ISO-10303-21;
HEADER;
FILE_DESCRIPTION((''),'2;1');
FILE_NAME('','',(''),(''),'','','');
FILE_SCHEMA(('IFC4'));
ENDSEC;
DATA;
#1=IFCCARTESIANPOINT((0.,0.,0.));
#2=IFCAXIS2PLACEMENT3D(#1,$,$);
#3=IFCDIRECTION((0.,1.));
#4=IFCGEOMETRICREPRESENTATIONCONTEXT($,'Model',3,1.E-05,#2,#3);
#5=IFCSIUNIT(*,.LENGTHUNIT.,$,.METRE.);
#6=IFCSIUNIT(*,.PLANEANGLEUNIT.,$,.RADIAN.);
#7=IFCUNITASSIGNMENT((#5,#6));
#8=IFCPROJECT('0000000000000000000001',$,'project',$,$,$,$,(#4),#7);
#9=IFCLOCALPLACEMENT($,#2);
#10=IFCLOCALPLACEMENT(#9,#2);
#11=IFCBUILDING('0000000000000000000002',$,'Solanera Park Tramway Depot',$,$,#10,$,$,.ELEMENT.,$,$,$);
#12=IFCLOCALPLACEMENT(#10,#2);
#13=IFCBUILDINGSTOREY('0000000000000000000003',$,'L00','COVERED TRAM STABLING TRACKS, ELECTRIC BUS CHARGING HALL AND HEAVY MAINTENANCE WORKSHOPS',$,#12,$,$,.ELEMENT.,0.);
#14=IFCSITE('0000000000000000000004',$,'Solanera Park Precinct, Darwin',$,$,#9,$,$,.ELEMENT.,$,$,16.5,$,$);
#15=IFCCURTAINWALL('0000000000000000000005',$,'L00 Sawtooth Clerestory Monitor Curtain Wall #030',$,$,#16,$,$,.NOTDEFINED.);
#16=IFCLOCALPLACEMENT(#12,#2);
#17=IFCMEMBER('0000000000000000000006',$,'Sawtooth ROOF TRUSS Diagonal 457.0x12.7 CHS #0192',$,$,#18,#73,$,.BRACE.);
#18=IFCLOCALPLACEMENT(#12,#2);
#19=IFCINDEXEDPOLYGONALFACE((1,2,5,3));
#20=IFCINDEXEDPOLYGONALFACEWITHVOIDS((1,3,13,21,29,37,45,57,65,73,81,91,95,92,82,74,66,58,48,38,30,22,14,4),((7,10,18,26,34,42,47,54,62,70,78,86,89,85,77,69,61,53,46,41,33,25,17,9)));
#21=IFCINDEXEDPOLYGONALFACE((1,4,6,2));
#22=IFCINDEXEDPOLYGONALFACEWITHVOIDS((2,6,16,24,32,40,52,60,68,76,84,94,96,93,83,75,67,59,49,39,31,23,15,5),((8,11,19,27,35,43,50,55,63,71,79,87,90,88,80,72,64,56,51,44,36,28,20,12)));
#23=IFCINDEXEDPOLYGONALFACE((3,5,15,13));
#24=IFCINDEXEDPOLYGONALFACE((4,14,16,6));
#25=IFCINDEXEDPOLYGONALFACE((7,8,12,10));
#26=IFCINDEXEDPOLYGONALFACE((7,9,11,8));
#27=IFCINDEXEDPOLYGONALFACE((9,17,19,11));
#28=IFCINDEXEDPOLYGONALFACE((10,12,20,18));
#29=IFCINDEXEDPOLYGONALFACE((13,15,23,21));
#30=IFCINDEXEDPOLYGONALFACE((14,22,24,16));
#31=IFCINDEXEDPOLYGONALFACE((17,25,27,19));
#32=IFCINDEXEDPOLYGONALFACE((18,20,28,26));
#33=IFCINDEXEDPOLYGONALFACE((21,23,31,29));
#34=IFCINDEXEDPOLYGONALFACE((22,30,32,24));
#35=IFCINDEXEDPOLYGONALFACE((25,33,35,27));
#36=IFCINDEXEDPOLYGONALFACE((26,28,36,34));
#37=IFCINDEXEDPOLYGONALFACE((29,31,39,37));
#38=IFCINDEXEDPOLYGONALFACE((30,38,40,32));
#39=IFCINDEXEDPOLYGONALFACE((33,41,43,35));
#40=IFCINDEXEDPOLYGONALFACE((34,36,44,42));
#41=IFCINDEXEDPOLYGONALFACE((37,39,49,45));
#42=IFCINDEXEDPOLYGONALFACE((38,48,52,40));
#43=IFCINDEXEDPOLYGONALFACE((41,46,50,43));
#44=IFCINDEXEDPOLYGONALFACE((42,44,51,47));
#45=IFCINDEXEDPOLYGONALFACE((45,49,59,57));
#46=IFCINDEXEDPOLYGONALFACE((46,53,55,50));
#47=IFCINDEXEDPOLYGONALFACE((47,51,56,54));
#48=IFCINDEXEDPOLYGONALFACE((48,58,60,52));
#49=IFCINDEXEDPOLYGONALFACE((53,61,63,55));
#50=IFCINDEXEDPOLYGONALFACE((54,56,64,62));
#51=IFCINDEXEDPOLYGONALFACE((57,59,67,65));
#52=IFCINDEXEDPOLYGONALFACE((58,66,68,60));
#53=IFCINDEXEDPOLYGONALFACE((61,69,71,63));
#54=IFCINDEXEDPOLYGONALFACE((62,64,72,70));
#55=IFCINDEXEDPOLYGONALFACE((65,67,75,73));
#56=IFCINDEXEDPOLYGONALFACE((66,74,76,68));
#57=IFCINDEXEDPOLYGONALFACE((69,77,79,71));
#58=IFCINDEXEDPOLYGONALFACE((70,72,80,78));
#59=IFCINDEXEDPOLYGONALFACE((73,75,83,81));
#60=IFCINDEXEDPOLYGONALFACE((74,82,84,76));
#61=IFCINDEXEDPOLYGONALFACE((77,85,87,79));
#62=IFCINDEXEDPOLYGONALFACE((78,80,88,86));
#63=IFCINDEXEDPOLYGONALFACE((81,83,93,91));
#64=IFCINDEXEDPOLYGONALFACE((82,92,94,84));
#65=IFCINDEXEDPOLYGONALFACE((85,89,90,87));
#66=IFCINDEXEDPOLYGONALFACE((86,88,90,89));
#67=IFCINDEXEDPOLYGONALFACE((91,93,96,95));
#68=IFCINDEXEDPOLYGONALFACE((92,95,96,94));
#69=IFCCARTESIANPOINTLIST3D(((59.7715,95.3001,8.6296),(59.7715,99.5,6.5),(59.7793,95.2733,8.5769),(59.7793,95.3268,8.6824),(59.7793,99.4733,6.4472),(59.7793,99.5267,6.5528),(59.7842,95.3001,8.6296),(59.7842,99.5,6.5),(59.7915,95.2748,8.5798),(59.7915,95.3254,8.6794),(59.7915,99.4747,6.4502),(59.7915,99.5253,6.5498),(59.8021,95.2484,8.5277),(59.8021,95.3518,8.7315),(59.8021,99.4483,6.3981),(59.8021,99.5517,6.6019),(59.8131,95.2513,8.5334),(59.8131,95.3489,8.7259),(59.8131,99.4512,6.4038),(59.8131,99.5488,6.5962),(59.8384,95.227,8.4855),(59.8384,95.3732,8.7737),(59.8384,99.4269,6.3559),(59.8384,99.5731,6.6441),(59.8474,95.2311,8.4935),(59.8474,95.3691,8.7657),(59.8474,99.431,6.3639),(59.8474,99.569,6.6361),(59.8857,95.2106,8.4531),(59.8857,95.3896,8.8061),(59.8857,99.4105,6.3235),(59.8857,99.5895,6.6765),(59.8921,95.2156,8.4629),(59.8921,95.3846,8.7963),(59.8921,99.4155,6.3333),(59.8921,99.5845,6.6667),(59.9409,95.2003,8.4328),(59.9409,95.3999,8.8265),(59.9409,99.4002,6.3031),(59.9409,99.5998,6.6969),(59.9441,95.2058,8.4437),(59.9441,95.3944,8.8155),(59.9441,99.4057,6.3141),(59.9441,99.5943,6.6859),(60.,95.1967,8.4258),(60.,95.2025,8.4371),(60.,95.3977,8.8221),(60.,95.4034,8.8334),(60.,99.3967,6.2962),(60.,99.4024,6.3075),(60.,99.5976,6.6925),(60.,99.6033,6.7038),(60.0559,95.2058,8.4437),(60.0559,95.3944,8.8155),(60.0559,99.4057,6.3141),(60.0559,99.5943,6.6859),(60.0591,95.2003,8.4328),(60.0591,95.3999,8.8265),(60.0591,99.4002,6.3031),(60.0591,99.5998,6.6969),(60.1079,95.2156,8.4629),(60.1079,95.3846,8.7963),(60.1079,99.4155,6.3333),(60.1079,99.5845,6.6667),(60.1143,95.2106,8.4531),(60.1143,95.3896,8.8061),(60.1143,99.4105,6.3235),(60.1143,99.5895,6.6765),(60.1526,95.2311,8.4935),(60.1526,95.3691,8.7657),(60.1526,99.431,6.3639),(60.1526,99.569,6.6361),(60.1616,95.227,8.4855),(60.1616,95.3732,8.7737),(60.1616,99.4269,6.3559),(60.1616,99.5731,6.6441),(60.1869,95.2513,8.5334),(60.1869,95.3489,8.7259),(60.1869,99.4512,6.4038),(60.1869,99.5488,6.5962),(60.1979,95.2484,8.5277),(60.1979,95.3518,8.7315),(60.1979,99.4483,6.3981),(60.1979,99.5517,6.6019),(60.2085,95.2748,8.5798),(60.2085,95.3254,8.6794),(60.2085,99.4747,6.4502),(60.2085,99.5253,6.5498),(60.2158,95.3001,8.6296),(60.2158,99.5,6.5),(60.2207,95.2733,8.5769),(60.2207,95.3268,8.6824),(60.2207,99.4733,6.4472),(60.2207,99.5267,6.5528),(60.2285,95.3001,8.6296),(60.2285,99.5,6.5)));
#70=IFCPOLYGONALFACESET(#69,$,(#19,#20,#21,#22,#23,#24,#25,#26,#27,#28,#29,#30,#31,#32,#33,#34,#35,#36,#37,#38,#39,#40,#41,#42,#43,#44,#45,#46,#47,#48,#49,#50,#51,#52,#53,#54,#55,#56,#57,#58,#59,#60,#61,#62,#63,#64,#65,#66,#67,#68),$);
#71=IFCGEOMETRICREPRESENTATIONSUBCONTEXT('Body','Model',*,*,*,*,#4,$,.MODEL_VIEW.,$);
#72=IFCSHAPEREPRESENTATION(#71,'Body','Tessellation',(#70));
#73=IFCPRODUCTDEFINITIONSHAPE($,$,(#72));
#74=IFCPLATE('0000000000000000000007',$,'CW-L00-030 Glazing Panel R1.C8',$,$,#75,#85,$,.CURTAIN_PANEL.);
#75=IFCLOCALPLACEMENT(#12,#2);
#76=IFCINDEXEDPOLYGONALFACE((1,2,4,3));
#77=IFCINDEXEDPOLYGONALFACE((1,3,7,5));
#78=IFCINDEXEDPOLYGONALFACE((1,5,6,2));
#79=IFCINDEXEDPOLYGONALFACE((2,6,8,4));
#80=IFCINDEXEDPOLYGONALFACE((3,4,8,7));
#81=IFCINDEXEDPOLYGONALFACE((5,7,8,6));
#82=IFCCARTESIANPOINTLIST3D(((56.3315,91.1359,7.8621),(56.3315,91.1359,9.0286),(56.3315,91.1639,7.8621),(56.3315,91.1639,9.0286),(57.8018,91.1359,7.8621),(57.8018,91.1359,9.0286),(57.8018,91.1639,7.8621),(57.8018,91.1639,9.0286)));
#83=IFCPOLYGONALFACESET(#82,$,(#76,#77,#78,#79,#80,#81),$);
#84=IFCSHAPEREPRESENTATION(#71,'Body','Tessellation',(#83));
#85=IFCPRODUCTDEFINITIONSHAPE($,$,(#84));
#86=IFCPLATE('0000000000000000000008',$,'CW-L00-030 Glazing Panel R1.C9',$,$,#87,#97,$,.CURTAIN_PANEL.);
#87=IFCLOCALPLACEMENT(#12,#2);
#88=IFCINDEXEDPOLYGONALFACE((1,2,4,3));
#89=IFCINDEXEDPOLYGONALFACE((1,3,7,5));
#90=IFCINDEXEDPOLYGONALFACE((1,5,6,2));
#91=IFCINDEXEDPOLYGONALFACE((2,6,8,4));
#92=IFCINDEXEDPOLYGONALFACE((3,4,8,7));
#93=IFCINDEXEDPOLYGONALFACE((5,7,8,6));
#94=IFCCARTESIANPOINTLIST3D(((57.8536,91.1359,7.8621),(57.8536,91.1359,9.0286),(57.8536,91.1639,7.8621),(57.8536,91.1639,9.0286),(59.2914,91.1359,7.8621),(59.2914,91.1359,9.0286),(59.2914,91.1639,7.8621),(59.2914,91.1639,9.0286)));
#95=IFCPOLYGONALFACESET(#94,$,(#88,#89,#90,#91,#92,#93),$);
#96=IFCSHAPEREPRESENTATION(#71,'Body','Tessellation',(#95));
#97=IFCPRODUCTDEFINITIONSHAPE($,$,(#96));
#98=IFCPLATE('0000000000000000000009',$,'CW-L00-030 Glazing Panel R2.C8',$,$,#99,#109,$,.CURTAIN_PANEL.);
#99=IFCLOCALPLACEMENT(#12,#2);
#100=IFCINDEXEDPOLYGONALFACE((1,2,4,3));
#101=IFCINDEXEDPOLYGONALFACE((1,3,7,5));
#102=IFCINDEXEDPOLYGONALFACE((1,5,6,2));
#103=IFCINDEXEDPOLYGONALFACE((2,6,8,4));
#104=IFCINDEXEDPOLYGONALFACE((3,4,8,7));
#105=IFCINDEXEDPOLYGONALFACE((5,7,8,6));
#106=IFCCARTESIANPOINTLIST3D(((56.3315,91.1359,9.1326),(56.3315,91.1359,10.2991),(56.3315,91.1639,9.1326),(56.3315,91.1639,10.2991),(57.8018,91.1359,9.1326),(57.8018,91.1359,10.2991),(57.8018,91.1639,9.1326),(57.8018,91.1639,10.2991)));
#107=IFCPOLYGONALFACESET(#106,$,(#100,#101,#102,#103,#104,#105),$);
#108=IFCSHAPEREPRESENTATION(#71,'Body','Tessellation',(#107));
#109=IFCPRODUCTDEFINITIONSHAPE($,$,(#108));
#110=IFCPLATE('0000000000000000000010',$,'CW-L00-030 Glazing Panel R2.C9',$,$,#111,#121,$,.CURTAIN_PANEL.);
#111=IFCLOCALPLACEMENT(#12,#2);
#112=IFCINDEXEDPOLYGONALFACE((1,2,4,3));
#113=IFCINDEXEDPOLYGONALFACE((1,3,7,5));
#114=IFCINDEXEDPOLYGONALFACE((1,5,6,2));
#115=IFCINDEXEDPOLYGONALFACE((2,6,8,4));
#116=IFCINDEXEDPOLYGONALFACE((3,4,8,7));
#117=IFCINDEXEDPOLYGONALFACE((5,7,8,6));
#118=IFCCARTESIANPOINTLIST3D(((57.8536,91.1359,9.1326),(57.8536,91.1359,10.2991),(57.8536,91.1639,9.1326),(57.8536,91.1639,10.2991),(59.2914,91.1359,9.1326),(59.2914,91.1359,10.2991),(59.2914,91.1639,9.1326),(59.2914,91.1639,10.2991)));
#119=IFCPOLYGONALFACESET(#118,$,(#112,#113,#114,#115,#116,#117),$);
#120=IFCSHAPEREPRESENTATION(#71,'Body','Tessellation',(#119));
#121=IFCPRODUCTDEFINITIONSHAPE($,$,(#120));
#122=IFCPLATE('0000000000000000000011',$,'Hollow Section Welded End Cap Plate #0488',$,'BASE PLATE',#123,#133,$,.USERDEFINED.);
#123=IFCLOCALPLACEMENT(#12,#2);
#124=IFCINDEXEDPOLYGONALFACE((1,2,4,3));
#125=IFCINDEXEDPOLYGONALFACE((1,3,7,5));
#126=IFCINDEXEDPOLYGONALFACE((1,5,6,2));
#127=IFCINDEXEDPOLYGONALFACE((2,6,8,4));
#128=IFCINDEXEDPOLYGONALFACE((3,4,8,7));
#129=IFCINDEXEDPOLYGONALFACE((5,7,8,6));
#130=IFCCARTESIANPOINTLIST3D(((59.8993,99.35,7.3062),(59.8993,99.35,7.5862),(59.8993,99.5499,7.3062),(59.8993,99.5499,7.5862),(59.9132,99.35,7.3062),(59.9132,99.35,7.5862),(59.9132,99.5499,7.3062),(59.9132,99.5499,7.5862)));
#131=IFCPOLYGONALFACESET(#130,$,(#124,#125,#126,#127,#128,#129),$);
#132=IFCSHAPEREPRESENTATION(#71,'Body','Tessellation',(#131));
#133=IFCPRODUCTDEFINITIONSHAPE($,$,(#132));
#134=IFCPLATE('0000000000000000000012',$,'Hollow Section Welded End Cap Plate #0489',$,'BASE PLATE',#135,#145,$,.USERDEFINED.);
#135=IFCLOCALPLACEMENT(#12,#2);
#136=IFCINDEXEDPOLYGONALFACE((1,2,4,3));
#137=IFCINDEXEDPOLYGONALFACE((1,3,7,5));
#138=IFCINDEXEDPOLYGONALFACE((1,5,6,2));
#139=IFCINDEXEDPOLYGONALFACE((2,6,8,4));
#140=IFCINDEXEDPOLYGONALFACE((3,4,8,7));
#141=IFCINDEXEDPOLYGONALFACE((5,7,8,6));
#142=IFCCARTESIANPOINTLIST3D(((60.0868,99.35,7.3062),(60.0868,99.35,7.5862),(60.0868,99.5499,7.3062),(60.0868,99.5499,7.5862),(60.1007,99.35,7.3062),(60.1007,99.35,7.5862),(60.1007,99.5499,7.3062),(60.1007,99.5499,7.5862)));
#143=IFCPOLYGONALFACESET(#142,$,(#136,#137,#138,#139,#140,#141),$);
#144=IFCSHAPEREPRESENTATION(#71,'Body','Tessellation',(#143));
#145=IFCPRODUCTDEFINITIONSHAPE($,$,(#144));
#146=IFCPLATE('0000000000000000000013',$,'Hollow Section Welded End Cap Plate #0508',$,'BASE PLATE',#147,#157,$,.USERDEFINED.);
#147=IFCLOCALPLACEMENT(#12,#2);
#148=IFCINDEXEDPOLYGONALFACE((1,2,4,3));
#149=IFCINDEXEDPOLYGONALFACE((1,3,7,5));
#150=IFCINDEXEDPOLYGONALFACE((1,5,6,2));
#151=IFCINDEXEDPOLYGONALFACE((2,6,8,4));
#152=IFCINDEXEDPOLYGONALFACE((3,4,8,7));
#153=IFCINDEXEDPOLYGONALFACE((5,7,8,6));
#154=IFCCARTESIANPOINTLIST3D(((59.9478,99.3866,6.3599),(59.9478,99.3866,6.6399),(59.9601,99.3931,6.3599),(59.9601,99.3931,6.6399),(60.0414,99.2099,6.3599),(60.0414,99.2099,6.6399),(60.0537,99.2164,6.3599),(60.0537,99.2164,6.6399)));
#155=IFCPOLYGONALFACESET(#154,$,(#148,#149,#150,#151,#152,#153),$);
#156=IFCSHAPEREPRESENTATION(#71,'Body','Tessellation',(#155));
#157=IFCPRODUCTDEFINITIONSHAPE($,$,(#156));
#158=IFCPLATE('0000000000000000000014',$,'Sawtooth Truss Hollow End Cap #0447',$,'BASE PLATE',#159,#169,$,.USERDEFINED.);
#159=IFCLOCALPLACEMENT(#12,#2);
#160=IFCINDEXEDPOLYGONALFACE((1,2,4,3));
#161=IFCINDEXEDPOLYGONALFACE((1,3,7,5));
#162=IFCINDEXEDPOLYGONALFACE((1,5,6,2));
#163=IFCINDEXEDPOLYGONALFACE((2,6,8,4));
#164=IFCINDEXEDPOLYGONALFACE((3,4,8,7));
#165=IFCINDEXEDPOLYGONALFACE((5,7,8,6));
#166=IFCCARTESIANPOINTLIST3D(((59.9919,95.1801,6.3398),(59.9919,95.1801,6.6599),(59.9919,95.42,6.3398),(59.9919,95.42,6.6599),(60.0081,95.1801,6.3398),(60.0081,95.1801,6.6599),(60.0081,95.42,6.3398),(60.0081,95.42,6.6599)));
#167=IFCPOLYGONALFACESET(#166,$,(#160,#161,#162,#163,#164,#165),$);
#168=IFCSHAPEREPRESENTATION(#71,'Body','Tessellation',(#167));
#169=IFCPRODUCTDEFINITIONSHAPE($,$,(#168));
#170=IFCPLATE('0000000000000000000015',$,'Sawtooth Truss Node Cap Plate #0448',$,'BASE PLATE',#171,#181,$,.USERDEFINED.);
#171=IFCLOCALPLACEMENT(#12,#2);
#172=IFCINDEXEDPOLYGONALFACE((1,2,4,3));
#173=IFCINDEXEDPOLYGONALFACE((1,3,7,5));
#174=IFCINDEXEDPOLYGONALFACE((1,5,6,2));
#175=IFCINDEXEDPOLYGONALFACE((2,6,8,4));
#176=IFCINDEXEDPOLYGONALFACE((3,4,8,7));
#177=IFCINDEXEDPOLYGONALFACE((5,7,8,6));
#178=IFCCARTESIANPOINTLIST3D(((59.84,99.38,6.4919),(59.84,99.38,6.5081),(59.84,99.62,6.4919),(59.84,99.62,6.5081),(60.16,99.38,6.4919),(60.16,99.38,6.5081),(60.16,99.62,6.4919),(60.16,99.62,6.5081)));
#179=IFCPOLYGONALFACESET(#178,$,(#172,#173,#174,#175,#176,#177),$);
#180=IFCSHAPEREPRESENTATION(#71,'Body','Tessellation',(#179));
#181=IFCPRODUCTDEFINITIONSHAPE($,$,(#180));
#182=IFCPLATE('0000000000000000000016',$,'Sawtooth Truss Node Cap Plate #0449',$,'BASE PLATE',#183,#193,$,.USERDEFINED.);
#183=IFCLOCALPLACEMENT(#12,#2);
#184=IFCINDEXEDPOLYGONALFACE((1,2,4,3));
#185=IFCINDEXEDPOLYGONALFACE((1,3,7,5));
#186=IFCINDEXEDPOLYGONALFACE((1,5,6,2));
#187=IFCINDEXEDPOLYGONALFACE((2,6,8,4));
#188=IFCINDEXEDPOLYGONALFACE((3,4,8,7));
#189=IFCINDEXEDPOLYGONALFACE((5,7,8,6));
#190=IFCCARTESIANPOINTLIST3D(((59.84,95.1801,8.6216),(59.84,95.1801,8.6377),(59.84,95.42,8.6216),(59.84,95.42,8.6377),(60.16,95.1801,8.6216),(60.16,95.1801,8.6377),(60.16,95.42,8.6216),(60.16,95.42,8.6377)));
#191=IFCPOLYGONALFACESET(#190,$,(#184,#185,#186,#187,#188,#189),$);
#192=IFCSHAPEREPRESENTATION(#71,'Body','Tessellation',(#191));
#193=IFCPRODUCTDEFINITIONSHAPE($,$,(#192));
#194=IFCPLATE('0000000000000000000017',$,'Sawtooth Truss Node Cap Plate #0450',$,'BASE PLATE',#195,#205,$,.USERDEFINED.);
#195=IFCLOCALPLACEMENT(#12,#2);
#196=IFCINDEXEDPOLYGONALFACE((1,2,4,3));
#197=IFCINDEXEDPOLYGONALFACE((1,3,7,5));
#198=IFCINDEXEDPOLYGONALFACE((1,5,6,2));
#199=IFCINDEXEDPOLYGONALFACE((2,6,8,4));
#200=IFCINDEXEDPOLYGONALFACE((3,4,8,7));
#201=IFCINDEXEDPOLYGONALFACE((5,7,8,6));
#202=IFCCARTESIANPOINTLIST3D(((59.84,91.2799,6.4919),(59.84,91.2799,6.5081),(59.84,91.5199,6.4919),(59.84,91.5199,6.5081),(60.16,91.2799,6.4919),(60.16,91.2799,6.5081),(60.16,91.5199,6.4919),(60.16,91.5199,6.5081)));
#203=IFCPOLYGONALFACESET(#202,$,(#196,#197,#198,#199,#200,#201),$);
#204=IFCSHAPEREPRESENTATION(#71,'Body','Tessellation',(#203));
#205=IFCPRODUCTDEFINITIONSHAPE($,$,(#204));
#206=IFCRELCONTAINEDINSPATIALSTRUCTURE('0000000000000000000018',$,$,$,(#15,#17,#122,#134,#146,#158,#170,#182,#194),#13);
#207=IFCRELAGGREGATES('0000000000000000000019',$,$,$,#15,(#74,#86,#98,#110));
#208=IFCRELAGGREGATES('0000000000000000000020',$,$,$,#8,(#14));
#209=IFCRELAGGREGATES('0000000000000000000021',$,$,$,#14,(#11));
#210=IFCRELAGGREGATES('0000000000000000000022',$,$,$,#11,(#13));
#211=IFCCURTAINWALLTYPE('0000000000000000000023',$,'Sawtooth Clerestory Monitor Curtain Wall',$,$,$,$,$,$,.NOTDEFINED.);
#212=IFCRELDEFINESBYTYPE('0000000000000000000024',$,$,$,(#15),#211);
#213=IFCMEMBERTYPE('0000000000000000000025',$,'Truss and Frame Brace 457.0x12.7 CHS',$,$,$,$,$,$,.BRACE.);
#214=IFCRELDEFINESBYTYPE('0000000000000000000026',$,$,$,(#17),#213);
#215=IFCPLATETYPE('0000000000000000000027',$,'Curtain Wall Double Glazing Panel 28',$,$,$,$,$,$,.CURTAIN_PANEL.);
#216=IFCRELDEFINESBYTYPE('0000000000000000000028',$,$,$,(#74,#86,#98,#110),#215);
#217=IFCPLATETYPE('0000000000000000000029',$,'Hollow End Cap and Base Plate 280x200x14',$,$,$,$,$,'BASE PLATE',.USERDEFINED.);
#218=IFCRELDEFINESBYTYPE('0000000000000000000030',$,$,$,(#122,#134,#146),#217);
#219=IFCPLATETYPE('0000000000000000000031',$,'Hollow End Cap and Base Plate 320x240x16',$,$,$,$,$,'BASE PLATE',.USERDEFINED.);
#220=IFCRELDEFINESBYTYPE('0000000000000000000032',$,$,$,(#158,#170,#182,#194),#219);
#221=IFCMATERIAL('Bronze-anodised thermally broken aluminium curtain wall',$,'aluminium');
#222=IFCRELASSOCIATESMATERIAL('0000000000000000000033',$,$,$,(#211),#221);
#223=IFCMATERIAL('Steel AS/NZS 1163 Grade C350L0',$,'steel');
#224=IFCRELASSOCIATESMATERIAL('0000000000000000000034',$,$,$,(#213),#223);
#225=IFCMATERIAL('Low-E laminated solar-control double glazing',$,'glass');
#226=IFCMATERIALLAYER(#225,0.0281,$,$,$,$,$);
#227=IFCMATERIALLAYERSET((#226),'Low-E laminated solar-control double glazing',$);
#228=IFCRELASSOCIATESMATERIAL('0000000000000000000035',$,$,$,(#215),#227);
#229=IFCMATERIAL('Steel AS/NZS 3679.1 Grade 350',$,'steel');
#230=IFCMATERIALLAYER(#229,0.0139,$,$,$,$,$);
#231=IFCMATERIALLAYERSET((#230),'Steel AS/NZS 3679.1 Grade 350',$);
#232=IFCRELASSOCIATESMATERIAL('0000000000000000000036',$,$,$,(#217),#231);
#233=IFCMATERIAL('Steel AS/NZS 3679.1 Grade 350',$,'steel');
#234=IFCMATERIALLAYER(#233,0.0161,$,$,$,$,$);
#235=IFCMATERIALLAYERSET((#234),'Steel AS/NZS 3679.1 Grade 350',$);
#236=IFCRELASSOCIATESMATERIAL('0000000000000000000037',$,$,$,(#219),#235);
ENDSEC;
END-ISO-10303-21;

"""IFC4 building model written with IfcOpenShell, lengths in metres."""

from ifc_helpers import new_model, si_unit, direction, frame, origin, origin_2d, place, context, subcontext, project, spatial, rectangle, hollow_circle, extrude, material, layer, layer_set, material_profile, profile_set, type_object, element, aggregate, save


model = new_model("IFC4")

# Units and contexts
model_context = context("Model", 3, precision=1e-05, world=origin(), true_north=direction((0.0, 1.0)))
body_context = subcontext(model_context, "Body", "Model", "MODEL_VIEW")
ifc_project = project(units=[si_unit("LENGTHUNIT", "METRE"), si_unit("PLANEANGLEUNIT", "RADIAN")], contexts=[model_context])

# Site, building, storey
site_placement = place(None, origin())
site = spatial("IfcSite", under=ifc_project, at=site_placement, Name="Solanera Park Precinct, Darwin", CompositionType="ELEMENT", RefElevation=16.5)
building_placement = place(site_placement, origin())
building = spatial("IfcBuilding", under=site, at=building_placement, Name="Solanera Park Tramway Depot", CompositionType="ELEMENT")
storey_placement = place(building_placement, origin())
storey = spatial("IfcBuildingStorey", under=building, at=storey_placement, Name="L00", Description="COVERED TRAM STABLING TRACKS, ELECTRIC BUS CHARGING HALL AND HEAVY MAINTENANCE WORKSHOPS", CompositionType="ELEMENT", Elevation=0.0)

# Curtain wall
ifc_material_1 = material(Name="Bronze-anodised thermally broken aluminium curtain wall", Category="aluminium")
curtain_wall_type = type_object("IfcCurtainWallType", Name="Sawtooth Clerestory Monitor Curtain Wall", PredefinedType="NOTDEFINED", material=ifc_material_1)
curtain_wall_1_placement = place(storey_placement, origin())
curtain_wall_1 = element("IfcCurtainWall", 1, at=curtain_wall_1_placement, inside=storey, type_object=curtain_wall_type, Name="L00 Sawtooth Clerestory Monitor Curtain Wall #030", PredefinedType="NOTDEFINED")

# Member
ifc_material_2 = material(Name="Steel AS/NZS 1163 Grade C350L0", Category="steel")
ifc_material_profile_1 = material_profile(ifc_material_2, hollow_circle(Radius=0.2285, WallThickness=0.0127, at=origin_2d()), Name="457.0x12.7 CHS")
ifc_profile_set_1 = profile_set([ifc_material_profile_1], Name="Steel AS/NZS 1163 Grade C350L0")
member_type_1 = type_object("IfcMemberType", Name="Truss and Frame Brace 457.0x12.7 CHS", PredefinedType="BRACE", material=ifc_profile_set_1)
member_1_placement = place(storey_placement, frame((60.0, 99.5, 6.5), z_axis=(0.0, -0.891893, 0.452246), x_axis=(1.0, 0.0, 0.0)))
element("IfcMember", 2, at=member_1_placement, inside=storey, type_object=member_type_1, Name="Sawtooth ROOF TRUSS Diagonal 457.0x12.7 CHS #0192", PredefinedType="BRACE", context=body_context, shape_type="SweptSolid", body=[
    extrude(hollow_circle(Radius=0.2285, WallThickness=0.0127, at=origin_2d()), origin(), (0.0, 0.0, 1.0), 4.709),
])

# Plates
ifc_material_3 = material(Name="Low-E laminated solar-control double glazing", Category="glass")
ifc_layer_1 = layer(ifc_material_3, 0.0281)
ifc_layer_set_1 = layer_set([ifc_layer_1], Name="Low-E laminated solar-control double glazing")
plate_type_1 = type_object("IfcPlateType", Name="Curtain Wall Double Glazing Panel 28", PredefinedType="CURTAIN_PANEL", material=ifc_layer_set_1)
plate_1_placement = place(storey_placement, frame((57.0667, 91.1499, 7.8621), z_axis=(0.0, 0.0, 1.0), x_axis=(1.0, 0.0, 0.0)))
plate_1 = element("IfcPlate", 3, at=plate_1_placement, type_object=plate_type_1, Name="CW-L00-030 Glazing Panel R1.C8", PredefinedType="CURTAIN_PANEL", context=body_context, shape_type="SweptSolid", body=[
    extrude(rectangle(XDim=1.4702, YDim=0.0281, at=origin_2d()), origin(), (0.0, 0.0, 1.0), 1.1665),
])
plate_2_placement = place(storey_placement, frame((58.5725, 91.1499, 7.8621), z_axis=(0.0, 0.0, 1.0), x_axis=(1.0, 0.0, 0.0)))
plate_2 = element("IfcPlate", 4, at=plate_2_placement, type_object=plate_type_1, Name="CW-L00-030 Glazing Panel R1.C9", PredefinedType="CURTAIN_PANEL", context=body_context, shape_type="SweptSolid", body=[
    extrude(rectangle(XDim=1.4377, YDim=0.0281, at=origin_2d()), origin(), (0.0, 0.0, 1.0), 1.1665),
])
plate_3_placement = place(storey_placement, frame((57.0667, 91.1499, 9.1326), z_axis=(0.0, 0.0, 1.0), x_axis=(1.0, 0.0, 0.0)))
plate_3 = element("IfcPlate", 5, at=plate_3_placement, type_object=plate_type_1, Name="CW-L00-030 Glazing Panel R2.C8", PredefinedType="CURTAIN_PANEL", context=body_context, shape_type="SweptSolid", body=[
    extrude(rectangle(XDim=1.4702, YDim=0.0281, at=origin_2d()), origin(), (0.0, 0.0, 1.0), 1.1665),
])
plate_4_placement = place(storey_placement, frame((58.5725, 91.1499, 9.1326), z_axis=(0.0, 0.0, 1.0), x_axis=(1.0, 0.0, 0.0)))
plate_4 = element("IfcPlate", 6, at=plate_4_placement, type_object=plate_type_1, Name="CW-L00-030 Glazing Panel R2.C9", PredefinedType="CURTAIN_PANEL", context=body_context, shape_type="SweptSolid", body=[
    extrude(rectangle(XDim=1.4377, YDim=0.0281, at=origin_2d()), origin(), (0.0, 0.0, 1.0), 1.1665),
])
aggregate(curtain_wall_1, [plate_1, plate_2, plate_3, plate_4])

# Plates
ifc_material_4 = material(Name="Steel AS/NZS 3679.1 Grade 350", Category="steel")
ifc_layer_2 = layer(ifc_material_4, 0.0139)
ifc_layer_set_2 = layer_set([ifc_layer_2], Name="Steel AS/NZS 3679.1 Grade 350")
plate_type_2 = type_object("IfcPlateType", Name="Hollow End Cap and Base Plate 280x200x14", ElementType="BASE PLATE", PredefinedType="USERDEFINED", material=ifc_layer_set_2)
for number, where, z_axis, x_axis, name in (
    (7, (59.9062, 99.45, 7.3062), (0.0, 0.0, 1.0), (1.0, 0.0, 0.0), "Hollow Section Welded End Cap Plate #0488"),
    (8, (60.0938, 99.45, 7.3062), (0.0, 0.0, 1.0), (1.0, 0.0, 0.0), "Hollow Section Welded End Cap Plate #0489"),
    (9, (60.0007, 99.3015, 6.3599), (0.0, 0.0, 1.0), (0.883521, 0.468392, 0.0), "Hollow Section Welded End Cap Plate #0508"),
):
    element("IfcPlate", number, at=place(storey_placement, frame(where, z_axis=z_axis, x_axis=x_axis)), inside=storey, type_object=plate_type_2, Name=name, ObjectType="BASE PLATE", PredefinedType="USERDEFINED", context=body_context, shape_type="SweptSolid", body=[
        extrude(rectangle(XDim=0.0139, YDim=0.2, at=origin_2d()), origin(), (0.0, 0.0, 1.0), 0.28),
    ])
ifc_material_5 = material(Name="Steel AS/NZS 3679.1 Grade 350", Category="steel")
ifc_layer_3 = layer(ifc_material_5, 0.0161)
ifc_layer_set_3 = layer_set([ifc_layer_3], Name="Steel AS/NZS 3679.1 Grade 350")
plate_type_3 = type_object("IfcPlateType", Name="Hollow End Cap and Base Plate 320x240x16", ElementType="BASE PLATE", PredefinedType="USERDEFINED", material=ifc_layer_set_3)
plate_5_placement = place(storey_placement, frame((60.0, 95.3, 6.3398), z_axis=(0.0, 0.0, 1.0), x_axis=(1.0, 0.0, 0.0)))
element("IfcPlate", 10, at=plate_5_placement, inside=storey, type_object=plate_type_3, Name="Sawtooth Truss Hollow End Cap #0447", ObjectType="BASE PLATE", PredefinedType="USERDEFINED", context=body_context, shape_type="SweptSolid", body=[
    extrude(rectangle(XDim=0.0161, YDim=0.24, at=origin_2d()), origin(), (0.0, 0.0, 1.0), 0.3201),
])
for number, where, z_axis, x_axis, name in (
    (11, (60.0, 99.5, 6.4919), (0.0, 0.0, 1.0), (1.0, 0.0, 0.0), "Sawtooth Truss Node Cap Plate #0448"),
    (12, (60.0, 95.3, 8.6216), (0.0, 0.0, 1.0), (1.0, 0.0, 0.0), "Sawtooth Truss Node Cap Plate #0449"),
    (13, (60.0, 91.3999, 6.4919), (0.0, 0.0, 1.0), (1.0, 0.0, 0.0), "Sawtooth Truss Node Cap Plate #0450"),
):
    element("IfcPlate", number, at=place(storey_placement, frame(where, z_axis=z_axis, x_axis=x_axis)), inside=storey, type_object=plate_type_3, Name=name, ObjectType="BASE PLATE", PredefinedType="USERDEFINED", context=body_context, shape_type="SweptSolid", body=[
        extrude(rectangle(XDim=0.3201, YDim=0.24, at=origin_2d()), origin(), (0.0, 0.0, 1.0), 0.0161),
    ])

save(model, "model.ifc")
